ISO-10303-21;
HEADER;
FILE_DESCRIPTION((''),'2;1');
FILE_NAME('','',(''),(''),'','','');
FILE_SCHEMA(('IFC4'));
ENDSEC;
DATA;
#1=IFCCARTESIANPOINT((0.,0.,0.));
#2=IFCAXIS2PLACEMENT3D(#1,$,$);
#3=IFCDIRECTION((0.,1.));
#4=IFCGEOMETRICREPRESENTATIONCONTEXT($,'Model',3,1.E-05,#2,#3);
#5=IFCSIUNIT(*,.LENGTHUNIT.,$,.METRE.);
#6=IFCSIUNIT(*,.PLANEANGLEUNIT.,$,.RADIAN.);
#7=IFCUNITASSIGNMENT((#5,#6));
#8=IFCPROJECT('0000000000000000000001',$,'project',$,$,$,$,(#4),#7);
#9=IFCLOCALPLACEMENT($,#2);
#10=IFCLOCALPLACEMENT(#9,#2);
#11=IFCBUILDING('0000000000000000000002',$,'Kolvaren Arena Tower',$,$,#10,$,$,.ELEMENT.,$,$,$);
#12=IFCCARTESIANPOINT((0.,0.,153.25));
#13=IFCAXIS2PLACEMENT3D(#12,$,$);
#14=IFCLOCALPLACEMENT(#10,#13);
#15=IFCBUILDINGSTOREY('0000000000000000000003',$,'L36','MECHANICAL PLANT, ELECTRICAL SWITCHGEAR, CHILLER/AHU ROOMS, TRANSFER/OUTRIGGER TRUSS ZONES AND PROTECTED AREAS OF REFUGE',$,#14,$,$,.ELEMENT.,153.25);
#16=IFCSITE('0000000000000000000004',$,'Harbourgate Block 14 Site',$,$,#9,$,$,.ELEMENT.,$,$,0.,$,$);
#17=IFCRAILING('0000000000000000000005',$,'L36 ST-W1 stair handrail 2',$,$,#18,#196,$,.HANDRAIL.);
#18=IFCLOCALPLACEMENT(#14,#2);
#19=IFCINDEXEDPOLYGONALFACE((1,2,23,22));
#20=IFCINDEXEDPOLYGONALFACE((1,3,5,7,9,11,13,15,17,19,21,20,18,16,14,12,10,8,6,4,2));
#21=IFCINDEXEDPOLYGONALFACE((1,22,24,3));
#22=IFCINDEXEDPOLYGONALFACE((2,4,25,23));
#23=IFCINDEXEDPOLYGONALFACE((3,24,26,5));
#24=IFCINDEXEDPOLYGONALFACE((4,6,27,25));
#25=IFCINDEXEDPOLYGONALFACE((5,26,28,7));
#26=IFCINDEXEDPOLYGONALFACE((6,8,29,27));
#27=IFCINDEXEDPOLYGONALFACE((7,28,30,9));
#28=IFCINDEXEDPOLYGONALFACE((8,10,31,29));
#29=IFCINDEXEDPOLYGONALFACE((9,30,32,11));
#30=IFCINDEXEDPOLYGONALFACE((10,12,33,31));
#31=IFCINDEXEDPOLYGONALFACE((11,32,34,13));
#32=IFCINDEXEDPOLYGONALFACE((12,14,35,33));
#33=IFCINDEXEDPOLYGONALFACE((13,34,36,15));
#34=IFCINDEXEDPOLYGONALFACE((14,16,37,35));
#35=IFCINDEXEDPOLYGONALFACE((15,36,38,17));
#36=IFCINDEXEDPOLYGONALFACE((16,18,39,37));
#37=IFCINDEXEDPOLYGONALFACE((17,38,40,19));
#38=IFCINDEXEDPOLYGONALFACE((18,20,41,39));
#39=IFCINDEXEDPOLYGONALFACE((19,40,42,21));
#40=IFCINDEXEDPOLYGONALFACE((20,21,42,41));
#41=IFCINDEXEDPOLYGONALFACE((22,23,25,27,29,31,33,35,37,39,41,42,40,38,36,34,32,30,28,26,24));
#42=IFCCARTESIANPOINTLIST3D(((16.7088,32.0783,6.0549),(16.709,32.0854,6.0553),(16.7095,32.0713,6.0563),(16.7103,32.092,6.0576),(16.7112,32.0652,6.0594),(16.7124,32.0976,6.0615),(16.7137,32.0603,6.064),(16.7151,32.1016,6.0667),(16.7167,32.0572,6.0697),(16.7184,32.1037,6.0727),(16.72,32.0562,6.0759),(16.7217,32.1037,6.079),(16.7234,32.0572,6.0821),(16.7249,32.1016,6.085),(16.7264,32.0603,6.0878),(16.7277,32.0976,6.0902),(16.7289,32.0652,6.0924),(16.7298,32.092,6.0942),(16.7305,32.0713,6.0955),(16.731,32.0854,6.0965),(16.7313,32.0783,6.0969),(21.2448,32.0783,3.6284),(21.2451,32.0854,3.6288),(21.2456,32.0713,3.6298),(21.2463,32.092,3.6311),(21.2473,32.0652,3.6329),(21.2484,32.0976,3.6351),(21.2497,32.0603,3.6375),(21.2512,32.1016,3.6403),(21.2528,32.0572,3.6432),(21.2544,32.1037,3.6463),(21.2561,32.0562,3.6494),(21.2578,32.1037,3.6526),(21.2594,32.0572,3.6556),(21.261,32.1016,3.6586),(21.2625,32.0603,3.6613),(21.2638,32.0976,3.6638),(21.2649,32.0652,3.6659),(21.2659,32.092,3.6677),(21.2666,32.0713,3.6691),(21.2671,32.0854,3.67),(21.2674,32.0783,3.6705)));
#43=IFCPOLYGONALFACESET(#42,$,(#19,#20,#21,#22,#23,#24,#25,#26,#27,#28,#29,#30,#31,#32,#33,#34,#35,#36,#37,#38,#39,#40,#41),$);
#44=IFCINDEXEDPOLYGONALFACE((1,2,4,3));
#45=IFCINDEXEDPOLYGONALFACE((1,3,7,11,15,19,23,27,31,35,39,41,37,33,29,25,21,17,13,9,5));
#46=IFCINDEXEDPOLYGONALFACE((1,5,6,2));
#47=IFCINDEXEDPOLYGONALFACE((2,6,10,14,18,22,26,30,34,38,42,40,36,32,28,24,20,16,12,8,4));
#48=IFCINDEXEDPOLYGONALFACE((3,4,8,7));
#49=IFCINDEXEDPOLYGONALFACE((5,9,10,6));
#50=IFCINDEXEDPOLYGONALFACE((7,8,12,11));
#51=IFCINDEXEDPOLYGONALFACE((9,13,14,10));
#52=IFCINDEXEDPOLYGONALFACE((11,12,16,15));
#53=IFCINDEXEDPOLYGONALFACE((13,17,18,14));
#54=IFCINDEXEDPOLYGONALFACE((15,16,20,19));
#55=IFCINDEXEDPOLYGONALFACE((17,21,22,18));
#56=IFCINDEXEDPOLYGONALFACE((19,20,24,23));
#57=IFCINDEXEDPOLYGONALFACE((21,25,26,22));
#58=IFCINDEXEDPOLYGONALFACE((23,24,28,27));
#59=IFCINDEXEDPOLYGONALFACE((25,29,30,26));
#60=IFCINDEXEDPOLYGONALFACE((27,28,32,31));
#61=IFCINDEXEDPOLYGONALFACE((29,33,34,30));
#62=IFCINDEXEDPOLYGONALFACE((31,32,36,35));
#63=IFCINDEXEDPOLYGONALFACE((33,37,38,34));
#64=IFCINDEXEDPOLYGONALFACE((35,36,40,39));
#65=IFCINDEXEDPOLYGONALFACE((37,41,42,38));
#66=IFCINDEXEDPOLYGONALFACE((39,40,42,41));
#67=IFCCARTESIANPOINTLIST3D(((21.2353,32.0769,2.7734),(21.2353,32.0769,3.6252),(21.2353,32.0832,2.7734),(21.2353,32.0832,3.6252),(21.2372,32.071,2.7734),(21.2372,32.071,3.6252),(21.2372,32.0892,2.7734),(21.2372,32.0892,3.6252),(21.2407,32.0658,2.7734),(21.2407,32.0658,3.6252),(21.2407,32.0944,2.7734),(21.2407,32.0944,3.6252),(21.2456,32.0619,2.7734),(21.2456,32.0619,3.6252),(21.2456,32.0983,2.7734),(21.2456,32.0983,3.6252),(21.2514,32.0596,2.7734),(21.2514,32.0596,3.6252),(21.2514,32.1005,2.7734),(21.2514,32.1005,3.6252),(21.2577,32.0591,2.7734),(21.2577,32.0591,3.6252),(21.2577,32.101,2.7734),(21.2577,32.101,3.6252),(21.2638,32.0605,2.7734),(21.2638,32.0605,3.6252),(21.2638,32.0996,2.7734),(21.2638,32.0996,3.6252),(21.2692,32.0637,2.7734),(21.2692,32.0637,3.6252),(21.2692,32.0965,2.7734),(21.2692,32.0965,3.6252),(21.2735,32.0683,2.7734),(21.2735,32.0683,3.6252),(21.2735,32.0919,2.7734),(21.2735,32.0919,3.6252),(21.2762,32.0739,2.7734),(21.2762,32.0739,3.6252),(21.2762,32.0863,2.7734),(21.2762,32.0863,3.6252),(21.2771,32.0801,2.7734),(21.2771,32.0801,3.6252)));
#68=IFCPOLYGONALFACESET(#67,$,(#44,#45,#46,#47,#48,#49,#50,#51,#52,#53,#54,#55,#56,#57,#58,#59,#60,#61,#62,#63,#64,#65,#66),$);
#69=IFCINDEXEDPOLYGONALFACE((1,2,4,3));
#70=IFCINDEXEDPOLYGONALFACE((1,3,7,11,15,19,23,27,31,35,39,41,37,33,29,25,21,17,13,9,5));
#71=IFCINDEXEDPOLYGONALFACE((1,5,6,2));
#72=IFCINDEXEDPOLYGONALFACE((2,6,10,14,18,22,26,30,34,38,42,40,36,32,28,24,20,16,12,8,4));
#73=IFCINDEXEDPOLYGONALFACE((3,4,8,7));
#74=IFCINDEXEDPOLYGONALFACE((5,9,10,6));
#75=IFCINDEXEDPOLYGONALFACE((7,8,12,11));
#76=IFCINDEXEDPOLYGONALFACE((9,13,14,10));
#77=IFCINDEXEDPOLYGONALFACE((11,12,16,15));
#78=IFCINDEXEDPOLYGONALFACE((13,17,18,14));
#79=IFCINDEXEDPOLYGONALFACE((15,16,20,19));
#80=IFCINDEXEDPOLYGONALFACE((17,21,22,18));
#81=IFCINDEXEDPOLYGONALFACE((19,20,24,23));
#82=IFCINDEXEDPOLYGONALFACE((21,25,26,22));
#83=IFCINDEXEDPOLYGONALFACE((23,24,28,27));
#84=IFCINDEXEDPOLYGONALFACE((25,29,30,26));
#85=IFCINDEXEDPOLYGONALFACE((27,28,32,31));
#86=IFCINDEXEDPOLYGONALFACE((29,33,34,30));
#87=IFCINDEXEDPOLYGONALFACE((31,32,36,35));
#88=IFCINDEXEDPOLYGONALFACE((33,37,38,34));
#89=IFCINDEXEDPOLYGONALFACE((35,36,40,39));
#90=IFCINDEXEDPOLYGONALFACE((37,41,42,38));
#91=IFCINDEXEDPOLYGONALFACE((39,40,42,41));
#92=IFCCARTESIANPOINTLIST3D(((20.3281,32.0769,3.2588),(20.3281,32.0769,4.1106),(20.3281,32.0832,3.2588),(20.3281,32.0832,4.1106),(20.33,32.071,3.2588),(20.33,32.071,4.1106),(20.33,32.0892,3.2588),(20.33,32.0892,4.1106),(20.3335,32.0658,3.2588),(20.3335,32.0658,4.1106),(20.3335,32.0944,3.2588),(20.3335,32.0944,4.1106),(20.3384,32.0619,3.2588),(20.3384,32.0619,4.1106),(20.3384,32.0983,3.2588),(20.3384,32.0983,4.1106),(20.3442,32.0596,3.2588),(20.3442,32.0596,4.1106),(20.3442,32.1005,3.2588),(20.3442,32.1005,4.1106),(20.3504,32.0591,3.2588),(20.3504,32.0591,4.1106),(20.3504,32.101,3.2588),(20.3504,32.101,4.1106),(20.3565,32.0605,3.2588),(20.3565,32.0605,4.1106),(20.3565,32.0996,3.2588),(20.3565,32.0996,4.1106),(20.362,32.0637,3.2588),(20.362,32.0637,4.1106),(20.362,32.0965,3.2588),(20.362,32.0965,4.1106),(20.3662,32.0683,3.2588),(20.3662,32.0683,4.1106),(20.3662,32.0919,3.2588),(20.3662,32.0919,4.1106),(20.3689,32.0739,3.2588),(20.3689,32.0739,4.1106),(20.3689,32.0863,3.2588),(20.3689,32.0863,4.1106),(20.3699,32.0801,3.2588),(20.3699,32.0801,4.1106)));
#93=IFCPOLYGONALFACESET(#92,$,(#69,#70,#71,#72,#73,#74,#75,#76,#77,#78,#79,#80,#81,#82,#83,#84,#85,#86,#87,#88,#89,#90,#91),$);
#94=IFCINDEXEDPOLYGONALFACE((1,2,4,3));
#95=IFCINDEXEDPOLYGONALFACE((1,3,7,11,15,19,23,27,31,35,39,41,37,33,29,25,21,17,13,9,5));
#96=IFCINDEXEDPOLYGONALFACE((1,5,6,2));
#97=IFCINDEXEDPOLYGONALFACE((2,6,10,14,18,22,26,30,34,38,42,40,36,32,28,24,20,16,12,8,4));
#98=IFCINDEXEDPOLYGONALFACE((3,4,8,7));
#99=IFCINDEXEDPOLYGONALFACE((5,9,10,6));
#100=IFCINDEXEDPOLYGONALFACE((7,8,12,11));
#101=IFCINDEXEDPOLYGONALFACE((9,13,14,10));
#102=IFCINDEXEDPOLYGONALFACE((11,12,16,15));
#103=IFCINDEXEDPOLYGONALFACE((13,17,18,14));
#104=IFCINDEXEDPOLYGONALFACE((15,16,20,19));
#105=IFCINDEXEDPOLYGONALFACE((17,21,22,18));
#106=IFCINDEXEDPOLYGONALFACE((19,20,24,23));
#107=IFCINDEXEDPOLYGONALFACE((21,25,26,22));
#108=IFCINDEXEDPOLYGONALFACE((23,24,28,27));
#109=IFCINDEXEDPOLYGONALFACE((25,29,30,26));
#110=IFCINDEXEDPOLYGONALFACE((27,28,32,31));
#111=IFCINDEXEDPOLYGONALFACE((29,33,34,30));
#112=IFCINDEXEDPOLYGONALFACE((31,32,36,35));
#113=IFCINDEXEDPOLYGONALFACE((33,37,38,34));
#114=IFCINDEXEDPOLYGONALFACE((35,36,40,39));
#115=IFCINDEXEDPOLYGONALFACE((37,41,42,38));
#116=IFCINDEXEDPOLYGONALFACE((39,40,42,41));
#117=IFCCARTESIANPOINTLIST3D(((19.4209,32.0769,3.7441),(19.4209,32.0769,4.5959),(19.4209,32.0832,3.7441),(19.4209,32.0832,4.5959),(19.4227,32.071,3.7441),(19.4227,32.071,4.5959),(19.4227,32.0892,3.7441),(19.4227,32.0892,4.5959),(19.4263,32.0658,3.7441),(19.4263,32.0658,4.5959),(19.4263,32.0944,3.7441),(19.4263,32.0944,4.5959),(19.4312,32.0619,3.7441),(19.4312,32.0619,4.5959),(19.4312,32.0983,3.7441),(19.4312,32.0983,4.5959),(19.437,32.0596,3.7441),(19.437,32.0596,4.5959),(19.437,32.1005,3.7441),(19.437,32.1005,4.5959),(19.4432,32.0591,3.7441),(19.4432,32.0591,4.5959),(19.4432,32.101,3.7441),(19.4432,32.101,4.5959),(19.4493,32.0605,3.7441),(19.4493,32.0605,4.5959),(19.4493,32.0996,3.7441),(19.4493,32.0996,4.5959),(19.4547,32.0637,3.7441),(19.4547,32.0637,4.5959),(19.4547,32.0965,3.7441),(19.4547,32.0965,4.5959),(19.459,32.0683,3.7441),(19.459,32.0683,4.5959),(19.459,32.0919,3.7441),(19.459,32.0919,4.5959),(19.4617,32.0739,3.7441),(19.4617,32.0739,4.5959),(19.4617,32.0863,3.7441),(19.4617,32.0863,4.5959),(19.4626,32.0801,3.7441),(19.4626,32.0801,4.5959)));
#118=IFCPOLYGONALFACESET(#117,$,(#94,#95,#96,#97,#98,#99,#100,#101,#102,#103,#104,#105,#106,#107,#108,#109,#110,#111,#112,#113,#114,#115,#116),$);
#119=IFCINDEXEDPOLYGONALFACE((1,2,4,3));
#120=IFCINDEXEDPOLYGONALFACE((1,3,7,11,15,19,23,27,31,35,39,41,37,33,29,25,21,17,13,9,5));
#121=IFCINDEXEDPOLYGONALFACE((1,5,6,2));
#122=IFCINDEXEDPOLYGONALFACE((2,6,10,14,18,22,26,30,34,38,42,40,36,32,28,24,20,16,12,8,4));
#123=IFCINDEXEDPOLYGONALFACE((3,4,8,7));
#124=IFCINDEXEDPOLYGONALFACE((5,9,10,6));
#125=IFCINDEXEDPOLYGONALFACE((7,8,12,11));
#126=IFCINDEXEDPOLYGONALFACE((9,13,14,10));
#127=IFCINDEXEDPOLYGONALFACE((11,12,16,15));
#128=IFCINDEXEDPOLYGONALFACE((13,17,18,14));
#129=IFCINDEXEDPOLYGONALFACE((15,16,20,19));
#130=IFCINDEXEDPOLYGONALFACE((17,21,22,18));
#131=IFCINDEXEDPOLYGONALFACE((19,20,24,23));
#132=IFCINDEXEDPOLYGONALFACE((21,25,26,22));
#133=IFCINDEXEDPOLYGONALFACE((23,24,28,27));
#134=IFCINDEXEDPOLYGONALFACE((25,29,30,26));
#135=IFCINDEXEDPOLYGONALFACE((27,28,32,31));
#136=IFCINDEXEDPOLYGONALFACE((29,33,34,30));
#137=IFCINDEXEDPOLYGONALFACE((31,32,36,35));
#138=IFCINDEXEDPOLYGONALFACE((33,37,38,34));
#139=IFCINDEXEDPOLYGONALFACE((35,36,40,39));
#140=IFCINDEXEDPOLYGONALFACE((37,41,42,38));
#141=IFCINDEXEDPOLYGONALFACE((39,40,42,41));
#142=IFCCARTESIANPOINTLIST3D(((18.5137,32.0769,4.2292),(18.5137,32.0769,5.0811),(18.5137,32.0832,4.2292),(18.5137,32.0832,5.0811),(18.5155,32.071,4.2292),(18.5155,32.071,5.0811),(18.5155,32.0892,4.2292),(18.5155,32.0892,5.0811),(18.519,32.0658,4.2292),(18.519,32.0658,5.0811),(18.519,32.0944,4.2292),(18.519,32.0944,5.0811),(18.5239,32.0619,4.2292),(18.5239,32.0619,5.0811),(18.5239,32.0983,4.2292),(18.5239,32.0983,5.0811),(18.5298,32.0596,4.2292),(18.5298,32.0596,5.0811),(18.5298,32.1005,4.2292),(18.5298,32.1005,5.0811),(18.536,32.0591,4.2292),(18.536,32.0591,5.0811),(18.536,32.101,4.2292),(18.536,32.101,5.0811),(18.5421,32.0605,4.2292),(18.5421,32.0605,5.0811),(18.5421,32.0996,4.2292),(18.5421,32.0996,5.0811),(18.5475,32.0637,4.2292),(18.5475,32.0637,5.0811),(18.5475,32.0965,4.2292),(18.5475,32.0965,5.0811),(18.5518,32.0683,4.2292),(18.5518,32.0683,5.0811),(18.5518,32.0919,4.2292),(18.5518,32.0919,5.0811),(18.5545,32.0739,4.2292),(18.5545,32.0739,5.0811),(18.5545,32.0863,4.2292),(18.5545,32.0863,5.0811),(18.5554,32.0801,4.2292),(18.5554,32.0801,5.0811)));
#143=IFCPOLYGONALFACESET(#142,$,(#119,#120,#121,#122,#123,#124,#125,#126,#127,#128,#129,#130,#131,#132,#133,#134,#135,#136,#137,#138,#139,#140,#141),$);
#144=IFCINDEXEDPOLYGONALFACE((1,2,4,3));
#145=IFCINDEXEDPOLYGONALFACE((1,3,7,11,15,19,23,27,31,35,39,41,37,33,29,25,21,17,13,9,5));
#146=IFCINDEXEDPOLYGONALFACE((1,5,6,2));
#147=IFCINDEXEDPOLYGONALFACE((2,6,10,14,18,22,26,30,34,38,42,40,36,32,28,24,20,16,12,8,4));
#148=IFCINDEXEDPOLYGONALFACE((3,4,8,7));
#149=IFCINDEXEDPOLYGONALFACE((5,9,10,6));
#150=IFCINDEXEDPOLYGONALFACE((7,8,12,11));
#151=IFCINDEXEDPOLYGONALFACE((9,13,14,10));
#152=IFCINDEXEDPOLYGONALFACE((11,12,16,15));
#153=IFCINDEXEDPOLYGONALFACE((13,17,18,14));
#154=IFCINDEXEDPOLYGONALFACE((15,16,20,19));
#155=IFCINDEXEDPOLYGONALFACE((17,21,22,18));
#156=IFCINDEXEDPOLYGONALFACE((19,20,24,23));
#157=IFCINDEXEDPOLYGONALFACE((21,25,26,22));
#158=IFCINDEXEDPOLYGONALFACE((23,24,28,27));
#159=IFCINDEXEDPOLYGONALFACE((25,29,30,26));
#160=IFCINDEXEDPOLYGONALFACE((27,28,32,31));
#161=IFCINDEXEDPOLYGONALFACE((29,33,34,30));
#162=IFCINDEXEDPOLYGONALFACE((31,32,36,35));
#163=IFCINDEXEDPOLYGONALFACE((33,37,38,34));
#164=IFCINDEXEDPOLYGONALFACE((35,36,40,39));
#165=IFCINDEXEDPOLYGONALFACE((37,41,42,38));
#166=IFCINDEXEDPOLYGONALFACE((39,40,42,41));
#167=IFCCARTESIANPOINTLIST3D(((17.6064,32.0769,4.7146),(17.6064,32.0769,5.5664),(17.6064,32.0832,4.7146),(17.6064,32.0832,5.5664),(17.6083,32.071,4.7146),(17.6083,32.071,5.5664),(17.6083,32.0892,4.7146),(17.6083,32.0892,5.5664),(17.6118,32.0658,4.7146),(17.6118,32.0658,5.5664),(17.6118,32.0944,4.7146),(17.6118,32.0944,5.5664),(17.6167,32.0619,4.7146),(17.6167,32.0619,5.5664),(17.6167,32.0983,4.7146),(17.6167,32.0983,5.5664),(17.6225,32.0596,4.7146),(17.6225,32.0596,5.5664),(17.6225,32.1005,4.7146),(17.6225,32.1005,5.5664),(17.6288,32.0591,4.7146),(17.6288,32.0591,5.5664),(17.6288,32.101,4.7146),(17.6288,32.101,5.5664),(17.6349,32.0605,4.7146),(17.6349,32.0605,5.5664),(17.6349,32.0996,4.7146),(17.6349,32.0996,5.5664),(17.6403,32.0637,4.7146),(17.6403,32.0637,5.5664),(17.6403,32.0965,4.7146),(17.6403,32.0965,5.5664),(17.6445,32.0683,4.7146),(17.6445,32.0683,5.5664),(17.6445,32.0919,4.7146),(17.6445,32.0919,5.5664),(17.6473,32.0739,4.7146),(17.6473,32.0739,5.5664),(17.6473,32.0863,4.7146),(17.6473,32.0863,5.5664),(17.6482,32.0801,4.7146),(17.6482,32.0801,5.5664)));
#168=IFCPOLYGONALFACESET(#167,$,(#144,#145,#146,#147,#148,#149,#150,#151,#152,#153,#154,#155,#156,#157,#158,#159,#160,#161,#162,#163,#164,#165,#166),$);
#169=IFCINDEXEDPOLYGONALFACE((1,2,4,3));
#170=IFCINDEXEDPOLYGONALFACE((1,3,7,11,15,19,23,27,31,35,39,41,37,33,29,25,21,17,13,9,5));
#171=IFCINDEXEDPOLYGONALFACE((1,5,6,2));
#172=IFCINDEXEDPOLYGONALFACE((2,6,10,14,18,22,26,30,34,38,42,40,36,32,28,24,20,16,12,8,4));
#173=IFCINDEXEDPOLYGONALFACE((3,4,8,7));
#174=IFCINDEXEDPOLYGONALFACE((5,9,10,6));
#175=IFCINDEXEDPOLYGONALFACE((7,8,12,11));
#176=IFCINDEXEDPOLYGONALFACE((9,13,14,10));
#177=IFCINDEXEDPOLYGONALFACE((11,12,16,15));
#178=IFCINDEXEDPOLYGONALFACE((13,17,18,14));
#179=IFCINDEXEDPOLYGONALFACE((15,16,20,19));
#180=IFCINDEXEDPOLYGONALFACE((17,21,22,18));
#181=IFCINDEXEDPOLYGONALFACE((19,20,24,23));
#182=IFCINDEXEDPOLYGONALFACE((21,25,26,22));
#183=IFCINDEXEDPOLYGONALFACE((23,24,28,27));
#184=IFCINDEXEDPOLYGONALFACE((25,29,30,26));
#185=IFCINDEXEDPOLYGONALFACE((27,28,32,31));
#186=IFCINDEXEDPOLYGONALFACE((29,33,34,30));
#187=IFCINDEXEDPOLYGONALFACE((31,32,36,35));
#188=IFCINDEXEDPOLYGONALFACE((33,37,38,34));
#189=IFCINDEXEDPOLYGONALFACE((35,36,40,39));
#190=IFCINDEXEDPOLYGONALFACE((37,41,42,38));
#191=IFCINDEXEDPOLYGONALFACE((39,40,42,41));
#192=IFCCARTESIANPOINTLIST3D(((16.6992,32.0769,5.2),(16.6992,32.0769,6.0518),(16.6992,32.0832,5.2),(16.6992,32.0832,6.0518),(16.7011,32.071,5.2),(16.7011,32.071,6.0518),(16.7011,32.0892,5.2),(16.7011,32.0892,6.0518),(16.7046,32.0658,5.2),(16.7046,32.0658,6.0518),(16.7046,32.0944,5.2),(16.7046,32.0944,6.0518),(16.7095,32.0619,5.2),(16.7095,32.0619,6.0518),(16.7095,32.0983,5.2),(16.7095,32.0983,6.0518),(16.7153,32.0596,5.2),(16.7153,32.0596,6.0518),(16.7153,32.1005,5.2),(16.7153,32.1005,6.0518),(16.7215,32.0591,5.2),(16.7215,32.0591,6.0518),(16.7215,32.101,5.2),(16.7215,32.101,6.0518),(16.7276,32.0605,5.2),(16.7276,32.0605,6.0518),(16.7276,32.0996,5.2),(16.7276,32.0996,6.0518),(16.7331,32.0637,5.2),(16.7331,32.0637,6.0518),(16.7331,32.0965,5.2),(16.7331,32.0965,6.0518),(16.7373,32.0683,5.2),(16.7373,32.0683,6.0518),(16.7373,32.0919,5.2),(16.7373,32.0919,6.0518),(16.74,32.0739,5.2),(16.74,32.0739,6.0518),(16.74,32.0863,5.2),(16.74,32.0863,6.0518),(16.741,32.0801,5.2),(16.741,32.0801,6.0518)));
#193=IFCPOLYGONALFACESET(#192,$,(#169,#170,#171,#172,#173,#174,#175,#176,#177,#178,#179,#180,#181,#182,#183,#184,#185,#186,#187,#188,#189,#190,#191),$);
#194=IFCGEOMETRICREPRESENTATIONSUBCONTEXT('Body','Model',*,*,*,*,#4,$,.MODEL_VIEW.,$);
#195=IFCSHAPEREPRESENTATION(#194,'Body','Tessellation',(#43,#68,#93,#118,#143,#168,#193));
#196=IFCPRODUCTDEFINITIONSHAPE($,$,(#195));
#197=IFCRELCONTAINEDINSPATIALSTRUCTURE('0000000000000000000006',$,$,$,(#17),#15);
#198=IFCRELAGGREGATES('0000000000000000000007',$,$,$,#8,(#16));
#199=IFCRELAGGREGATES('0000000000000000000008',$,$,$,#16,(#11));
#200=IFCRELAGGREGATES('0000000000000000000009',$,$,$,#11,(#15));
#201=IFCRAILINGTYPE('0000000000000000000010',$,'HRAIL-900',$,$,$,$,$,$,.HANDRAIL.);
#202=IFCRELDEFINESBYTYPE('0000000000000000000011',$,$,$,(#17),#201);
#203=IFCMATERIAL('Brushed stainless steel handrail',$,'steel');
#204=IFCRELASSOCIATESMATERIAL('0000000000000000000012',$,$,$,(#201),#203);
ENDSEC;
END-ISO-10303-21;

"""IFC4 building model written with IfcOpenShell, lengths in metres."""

from ifc_helpers import new_model, si_unit, direction, frame, origin, origin_2d, place, context, subcontext, project, spatial, circle, extrude, material, type_object, element, save


model = new_model("IFC4")

# Units and contexts
model_context = context("Model", 3, precision=1e-05, world=origin(), true_north=direction((0.0, 1.0)))
body_context = subcontext(model_context, "Body", "Model", "MODEL_VIEW")
ifc_project = project(units=[si_unit("LENGTHUNIT", "METRE"), si_unit("PLANEANGLEUNIT", "RADIAN")], contexts=[model_context])

# Site, building, storey
site_placement = place(None, origin())
site = spatial("IfcSite", under=ifc_project, at=site_placement, Name="Harbourgate Block 14 Site", CompositionType="ELEMENT", RefElevation=0.0)
building_placement = place(site_placement, origin())
building = spatial("IfcBuilding", under=site, at=building_placement, Name="Kolvaren Arena Tower", CompositionType="ELEMENT")
storey_placement = place(building_placement, frame((0.0, 0.0, 153.25)))
storey = spatial("IfcBuildingStorey", under=building, at=storey_placement, Name="L36", Description="MECHANICAL PLANT, ELECTRICAL SWITCHGEAR, CHILLER/AHU ROOMS, TRANSFER/OUTRIGGER TRUSS ZONES AND PROTECTED AREAS OF REFUGE", CompositionType="ELEMENT", Elevation=153.25)

# Railing
ifc_material_1 = material(Name="Brushed stainless steel handrail", Category="steel")
railing_type_1 = type_object("IfcRailingType", Name="HRAIL-900", PredefinedType="HANDRAIL", material=ifc_material_1)
railing_1_placement = place(storey_placement, frame((21.2561, 32.0801, 2.7734)))
element("IfcRailing", 1, at=railing_1_placement, inside=storey, type_object=railing_type_1, Name="L36 ST-W1 stair handrail 2", PredefinedType="HANDRAIL", context=body_context, shape_type="SweptSolid", body=[
    extrude(circle(Radius=0.0239, at=origin_2d()), frame((0.0, 0.0, 0.876), z_axis=(-0.881768, 0.0, 0.471684), x_axis=(0.0, -1.0, 0.0)), (0.0, 0.0, 1.0), 5.1443),
    extrude(circle(Radius=0.021, at=origin_2d()), origin(), (0.0, 0.0, 1.0), 0.8518),
    extrude(circle(Radius=0.021, at=origin_2d()), frame((-0.9072, 0.0, 0.4854)), (0.0, 0.0, 1.0), 0.8518),
    extrude(circle(Radius=0.021, at=origin_2d()), frame((-1.8145, 0.0, 0.9707)), (0.0, 0.0, 1.0), 0.8518),
    extrude(circle(Radius=0.021, at=origin_2d()), frame((-2.7217, 0.0, 1.4558)), (0.0, 0.0, 1.0), 0.8518),
    extrude(circle(Radius=0.021, at=origin_2d()), frame((-3.6289, 0.0, 1.9412)), (0.0, 0.0, 1.0), 0.8518),
    extrude(circle(Radius=0.021, at=origin_2d()), frame((-4.5361, 0.0, 2.4265)), (0.0, 0.0, 1.0), 0.8518),
])

save(model, "model.ifc")
